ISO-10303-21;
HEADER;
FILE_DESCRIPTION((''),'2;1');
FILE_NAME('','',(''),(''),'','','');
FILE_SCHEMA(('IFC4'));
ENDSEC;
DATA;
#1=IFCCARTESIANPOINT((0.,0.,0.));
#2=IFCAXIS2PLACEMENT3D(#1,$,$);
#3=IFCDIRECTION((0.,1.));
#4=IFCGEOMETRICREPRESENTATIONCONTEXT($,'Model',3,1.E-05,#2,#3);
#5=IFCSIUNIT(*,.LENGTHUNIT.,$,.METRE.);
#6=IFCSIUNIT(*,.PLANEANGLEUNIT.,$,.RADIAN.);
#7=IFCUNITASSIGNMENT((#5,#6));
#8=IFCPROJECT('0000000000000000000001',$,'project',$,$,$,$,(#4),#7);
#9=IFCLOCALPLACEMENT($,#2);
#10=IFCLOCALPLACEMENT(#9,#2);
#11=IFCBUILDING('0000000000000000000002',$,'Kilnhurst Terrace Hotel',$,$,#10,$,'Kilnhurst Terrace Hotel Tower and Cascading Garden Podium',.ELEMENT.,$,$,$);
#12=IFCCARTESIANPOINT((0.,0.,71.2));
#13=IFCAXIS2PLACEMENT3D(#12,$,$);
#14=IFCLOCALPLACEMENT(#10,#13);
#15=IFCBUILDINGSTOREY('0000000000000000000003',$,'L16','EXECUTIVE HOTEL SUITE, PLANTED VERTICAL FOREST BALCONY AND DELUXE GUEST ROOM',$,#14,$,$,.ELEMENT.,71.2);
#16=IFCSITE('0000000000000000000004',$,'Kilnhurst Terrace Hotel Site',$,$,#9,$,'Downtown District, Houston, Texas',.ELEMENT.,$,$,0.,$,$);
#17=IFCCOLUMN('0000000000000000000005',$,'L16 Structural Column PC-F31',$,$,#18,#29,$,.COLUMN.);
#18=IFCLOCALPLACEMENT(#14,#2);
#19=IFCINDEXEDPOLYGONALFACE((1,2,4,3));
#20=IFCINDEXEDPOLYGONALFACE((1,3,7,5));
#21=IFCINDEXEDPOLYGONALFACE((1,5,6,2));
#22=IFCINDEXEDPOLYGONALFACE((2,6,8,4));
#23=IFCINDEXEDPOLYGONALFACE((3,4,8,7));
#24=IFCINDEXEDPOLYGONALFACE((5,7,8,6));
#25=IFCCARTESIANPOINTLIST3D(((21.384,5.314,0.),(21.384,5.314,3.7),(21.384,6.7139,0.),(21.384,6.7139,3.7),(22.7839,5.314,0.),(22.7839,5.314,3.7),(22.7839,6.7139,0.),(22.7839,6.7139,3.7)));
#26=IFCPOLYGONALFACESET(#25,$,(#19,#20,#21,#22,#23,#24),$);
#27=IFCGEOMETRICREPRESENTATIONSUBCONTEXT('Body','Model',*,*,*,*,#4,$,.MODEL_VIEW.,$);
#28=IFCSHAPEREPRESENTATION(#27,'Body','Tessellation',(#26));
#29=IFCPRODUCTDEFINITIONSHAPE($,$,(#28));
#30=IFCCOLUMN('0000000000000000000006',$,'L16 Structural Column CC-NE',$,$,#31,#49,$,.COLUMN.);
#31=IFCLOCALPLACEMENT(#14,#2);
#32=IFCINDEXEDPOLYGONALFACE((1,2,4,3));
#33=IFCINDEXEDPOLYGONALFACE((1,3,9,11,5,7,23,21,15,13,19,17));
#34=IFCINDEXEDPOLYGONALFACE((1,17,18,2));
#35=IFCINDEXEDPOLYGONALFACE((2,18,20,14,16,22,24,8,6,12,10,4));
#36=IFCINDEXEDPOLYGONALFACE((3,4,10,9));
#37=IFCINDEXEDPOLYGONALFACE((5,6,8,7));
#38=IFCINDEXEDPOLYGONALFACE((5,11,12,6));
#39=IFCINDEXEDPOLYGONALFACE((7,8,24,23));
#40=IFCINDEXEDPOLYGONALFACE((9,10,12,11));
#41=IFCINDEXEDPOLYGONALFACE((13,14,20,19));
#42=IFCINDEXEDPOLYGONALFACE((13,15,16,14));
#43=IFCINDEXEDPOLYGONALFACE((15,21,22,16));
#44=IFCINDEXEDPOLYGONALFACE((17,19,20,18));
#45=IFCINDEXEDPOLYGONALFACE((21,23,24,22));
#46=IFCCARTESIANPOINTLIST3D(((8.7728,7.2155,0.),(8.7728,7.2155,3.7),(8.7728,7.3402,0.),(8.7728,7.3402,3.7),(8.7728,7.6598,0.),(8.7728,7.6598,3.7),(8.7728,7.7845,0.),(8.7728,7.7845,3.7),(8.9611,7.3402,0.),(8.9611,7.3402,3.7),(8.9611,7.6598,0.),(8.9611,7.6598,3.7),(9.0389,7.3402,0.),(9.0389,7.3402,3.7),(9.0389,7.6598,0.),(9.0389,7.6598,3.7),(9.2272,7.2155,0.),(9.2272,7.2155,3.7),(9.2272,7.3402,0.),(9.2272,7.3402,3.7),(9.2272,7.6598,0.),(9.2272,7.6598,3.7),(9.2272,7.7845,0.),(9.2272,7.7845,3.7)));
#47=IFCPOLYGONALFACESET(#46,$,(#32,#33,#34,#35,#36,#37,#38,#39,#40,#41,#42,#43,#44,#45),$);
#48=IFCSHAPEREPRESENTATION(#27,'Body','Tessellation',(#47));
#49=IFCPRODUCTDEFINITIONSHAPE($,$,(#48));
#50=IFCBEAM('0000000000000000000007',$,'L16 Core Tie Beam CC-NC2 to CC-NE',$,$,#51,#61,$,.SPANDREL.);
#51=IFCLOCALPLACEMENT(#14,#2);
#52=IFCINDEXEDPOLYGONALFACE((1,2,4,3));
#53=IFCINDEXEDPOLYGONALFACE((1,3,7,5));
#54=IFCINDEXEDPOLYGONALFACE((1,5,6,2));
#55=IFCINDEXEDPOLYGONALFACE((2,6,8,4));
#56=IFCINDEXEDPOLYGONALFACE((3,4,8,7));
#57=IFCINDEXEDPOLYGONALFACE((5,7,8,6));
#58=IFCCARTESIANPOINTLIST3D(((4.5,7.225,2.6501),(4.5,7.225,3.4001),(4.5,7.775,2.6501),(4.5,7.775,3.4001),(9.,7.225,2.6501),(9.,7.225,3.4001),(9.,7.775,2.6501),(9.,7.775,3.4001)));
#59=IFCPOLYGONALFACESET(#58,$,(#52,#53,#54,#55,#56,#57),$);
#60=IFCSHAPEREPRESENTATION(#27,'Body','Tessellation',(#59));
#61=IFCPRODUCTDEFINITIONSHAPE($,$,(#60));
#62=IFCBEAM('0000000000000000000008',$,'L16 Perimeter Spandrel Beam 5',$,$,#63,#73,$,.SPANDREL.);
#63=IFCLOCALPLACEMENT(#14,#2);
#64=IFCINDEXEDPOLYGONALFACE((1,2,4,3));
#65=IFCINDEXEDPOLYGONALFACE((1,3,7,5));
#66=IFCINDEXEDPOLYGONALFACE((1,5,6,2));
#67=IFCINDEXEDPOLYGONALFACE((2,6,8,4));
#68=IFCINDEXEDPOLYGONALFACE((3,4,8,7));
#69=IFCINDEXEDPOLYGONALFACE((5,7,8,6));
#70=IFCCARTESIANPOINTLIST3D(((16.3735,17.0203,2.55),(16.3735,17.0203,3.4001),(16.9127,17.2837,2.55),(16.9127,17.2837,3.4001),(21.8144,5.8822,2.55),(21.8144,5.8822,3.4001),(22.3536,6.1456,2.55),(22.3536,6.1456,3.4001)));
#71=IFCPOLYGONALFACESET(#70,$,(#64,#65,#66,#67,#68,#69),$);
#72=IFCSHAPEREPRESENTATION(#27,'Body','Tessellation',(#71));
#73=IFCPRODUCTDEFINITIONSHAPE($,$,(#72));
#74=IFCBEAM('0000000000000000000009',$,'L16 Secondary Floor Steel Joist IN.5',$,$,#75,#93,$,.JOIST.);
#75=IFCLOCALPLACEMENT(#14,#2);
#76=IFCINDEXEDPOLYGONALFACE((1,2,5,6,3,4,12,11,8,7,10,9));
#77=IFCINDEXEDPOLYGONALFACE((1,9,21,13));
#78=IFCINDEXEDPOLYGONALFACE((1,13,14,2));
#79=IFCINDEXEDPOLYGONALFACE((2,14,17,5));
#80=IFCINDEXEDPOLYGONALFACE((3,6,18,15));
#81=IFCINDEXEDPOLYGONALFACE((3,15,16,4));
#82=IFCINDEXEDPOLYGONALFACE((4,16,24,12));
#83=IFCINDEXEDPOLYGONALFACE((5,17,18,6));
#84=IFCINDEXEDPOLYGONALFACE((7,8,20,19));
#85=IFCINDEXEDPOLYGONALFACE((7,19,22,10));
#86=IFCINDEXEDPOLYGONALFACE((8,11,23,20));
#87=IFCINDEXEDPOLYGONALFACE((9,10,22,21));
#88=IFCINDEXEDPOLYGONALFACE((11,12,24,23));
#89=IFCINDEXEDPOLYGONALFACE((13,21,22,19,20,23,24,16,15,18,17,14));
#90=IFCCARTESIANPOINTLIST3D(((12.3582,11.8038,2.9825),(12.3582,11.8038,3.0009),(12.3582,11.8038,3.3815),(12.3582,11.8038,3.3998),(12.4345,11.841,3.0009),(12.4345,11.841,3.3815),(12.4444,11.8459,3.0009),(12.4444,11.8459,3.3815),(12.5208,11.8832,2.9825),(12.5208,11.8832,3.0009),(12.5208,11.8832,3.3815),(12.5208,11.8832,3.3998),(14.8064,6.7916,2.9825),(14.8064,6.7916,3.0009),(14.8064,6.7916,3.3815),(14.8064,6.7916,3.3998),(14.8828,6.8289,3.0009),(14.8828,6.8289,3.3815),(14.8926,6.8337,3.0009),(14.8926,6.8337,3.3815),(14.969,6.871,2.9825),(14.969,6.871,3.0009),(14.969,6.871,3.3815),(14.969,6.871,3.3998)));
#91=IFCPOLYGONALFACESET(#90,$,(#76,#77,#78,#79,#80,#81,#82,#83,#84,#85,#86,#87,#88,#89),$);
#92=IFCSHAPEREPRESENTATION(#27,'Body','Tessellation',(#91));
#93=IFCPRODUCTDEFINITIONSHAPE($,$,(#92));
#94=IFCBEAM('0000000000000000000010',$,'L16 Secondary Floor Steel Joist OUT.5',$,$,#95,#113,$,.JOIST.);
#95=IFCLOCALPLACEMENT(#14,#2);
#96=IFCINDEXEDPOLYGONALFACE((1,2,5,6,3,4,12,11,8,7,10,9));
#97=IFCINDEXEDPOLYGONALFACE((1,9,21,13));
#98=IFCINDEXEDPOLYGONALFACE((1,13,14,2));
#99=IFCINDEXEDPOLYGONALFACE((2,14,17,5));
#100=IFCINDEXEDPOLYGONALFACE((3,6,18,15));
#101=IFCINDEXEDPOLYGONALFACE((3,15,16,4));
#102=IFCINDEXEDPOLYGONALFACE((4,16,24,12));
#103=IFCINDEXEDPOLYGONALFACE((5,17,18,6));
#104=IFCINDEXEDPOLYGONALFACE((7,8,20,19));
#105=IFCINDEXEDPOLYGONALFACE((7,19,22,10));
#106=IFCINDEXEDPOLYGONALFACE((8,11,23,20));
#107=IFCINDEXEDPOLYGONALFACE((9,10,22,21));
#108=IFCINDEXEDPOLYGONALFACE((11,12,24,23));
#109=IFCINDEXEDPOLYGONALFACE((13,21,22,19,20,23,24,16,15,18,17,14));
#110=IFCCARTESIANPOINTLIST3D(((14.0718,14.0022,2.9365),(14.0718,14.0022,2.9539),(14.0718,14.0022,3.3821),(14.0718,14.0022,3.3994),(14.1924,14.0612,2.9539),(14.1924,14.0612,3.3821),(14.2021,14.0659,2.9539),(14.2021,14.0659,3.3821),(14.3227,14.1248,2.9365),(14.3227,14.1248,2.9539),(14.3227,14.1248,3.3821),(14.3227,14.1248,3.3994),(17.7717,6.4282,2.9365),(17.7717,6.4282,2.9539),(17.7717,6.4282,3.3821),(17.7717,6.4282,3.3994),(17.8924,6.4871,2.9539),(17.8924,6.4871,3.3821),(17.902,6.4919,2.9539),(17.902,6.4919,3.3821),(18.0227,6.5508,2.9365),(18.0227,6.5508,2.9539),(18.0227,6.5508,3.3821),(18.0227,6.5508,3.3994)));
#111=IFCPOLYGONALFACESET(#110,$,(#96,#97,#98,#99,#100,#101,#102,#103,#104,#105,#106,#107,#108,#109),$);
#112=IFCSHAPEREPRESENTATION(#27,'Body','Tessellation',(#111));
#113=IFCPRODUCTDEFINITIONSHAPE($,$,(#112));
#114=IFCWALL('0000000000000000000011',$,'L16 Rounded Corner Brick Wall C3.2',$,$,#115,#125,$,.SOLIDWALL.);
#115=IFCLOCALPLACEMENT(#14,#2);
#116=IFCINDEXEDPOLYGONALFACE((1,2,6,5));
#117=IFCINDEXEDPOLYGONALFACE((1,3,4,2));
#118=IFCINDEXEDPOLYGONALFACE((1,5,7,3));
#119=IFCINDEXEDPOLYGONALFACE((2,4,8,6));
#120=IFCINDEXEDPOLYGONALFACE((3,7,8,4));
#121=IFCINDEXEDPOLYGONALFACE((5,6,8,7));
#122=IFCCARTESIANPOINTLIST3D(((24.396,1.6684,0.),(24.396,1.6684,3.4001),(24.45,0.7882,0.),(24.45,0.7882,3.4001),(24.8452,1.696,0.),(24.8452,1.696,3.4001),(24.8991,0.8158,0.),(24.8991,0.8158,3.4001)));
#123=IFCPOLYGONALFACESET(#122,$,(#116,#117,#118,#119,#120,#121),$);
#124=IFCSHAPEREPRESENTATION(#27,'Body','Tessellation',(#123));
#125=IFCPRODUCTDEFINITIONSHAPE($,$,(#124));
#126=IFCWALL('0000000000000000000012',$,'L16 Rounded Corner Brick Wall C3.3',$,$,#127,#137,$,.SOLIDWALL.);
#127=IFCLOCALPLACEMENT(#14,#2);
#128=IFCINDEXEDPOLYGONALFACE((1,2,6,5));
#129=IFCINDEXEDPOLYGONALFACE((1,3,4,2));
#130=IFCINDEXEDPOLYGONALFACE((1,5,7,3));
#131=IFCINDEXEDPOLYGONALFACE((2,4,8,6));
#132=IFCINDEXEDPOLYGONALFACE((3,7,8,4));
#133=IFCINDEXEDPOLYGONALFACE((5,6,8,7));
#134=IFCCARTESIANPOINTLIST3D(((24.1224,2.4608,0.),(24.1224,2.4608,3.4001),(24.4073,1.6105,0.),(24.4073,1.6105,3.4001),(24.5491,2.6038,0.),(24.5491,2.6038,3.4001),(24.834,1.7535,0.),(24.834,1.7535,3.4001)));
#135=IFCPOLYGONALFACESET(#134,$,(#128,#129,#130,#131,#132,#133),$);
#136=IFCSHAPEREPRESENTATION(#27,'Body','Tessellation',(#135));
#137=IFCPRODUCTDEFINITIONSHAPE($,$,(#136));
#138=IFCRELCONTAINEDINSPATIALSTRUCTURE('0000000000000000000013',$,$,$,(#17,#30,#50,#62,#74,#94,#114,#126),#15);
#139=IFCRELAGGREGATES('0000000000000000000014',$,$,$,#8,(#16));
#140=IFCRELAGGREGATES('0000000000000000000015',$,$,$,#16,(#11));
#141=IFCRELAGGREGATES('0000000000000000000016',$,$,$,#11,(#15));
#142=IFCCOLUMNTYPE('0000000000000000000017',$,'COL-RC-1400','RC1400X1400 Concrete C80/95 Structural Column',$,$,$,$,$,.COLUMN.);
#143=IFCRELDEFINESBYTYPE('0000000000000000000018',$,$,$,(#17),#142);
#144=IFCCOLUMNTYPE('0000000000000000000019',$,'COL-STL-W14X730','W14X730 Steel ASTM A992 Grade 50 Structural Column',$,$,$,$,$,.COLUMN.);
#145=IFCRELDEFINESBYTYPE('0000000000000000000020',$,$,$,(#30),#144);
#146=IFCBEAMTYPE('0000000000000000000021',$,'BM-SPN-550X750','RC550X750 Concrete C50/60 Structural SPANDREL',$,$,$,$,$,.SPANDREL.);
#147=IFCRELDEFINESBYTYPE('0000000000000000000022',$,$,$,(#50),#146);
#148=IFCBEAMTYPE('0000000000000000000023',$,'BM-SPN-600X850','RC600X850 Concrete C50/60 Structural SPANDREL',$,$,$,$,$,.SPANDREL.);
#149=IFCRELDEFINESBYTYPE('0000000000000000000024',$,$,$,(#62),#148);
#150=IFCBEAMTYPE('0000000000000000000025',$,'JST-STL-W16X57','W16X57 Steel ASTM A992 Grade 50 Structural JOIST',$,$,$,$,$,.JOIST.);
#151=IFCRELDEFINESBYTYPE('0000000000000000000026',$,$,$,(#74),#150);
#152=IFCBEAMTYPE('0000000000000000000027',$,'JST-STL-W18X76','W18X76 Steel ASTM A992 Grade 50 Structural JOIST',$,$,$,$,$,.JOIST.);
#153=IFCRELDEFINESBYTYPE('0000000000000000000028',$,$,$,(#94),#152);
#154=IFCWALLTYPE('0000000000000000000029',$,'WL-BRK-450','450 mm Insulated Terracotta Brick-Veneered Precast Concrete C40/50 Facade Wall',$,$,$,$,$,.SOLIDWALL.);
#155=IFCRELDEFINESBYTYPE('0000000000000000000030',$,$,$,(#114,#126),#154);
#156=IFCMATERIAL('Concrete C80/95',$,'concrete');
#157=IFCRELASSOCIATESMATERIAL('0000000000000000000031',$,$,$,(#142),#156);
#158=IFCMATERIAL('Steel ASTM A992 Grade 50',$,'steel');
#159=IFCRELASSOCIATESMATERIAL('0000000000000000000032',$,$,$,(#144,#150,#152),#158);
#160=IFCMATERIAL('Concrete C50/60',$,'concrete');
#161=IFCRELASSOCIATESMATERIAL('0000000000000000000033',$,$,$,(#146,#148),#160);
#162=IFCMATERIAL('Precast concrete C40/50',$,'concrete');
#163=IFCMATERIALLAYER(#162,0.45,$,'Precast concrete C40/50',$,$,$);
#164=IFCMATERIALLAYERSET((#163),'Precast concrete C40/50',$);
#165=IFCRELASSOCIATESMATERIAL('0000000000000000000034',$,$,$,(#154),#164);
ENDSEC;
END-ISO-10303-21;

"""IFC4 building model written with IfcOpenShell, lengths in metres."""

from ifc_helpers import new_model, si_unit, direction, frame, frame_2d, origin, origin_2d, place, context, subcontext, project, spatial, rectangle, i_section, extrude, material, layer, layer_set, material_profile, profile_set, type_object, element, save


model = new_model("IFC4")

# Units and contexts
model_context = context("Model", 3, precision=1e-05, world=origin(), true_north=direction((0.0, 1.0)))
body_context = subcontext(model_context, "Body", "Model", "MODEL_VIEW")
ifc_project = project(units=[si_unit("LENGTHUNIT", "METRE"), si_unit("PLANEANGLEUNIT", "RADIAN")], contexts=[model_context])

# Site, building, storey
site_placement = place(None, origin())
site = spatial("IfcSite", under=ifc_project, at=site_placement, Name="Kilnhurst Terrace Hotel Site", LongName="Downtown District, Houston, Texas", CompositionType="ELEMENT", RefElevation=0.0)
building_placement = place(site_placement, origin())
building = spatial("IfcBuilding", under=site, at=building_placement, Name="Kilnhurst Terrace Hotel", LongName="Kilnhurst Terrace Hotel Tower and Cascading Garden Podium", CompositionType="ELEMENT")
storey_placement = place(building_placement, frame((0.0, 0.0, 71.2)))
storey = spatial("IfcBuildingStorey", under=building, at=storey_placement, Name="L16", Description="EXECUTIVE HOTEL SUITE, PLANTED VERTICAL FOREST BALCONY AND DELUXE GUEST ROOM", CompositionType="ELEMENT", Elevation=71.2)

# Columns
ifc_material_1 = material(Name="Concrete C80/95", Category="concrete")
ifc_material_profile_1 = material_profile(ifc_material_1, rectangle(XDim=1.3999, YDim=1.3999, at=origin_2d()), Name="RC1400X1400")
ifc_profile_set_1 = profile_set([ifc_material_profile_1], Name="Concrete C80/95")
column_type_1 = type_object("IfcColumnType", Name="COL-RC-1400", Description="RC1400X1400 Concrete C80/95 Structural Column", PredefinedType="COLUMN", material=ifc_profile_set_1)
column_1_placement = place(storey_placement, frame((22.084, 6.0139, 0.0), z_axis=(0.0, 0.0, 1.0), x_axis=(1.0, 0.0, 0.0)))
element("IfcColumn", 1, at=column_1_placement, inside=storey, type_object=column_type_1, Name="L16 Structural Column PC-F31", PredefinedType="COLUMN", context=body_context, shape_type="SweptSolid", body=[
    extrude(rectangle(XDim=1.3999, YDim=1.3999, at=origin_2d()), origin(), (0.0, 0.0, 1.0), 3.7),
])
ifc_material_2 = material(Name="Steel ASTM A992 Grade 50", Category="steel")
ifc_material_profile_2 = material_profile(ifc_material_2, i_section(OverallWidth=0.4543, OverallDepth=0.5691, WebThickness=0.0779, FlangeThickness=0.1248, at=origin_2d()), Name="W14X730")
ifc_profile_set_2 = profile_set([ifc_material_profile_2], Name="Steel ASTM A992 Grade 50")
column_type_2 = type_object("IfcColumnType", Name="COL-STL-W14X730", Description="W14X730 Steel ASTM A992 Grade 50 Structural Column", PredefinedType="COLUMN", material=ifc_profile_set_2)
column_2_placement = place(storey_placement, frame((9.0, 7.5, 0.0), z_axis=(0.0, 0.0, 1.0), x_axis=(1.0, 0.0, 0.0)))
element("IfcColumn", 2, at=column_2_placement, inside=storey, type_object=column_type_2, Name="L16 Structural Column CC-NE", PredefinedType="COLUMN", context=body_context, shape_type="SweptSolid", body=[
    extrude(i_section(OverallWidth=0.4543, OverallDepth=0.5691, WebThickness=0.0779, FlangeThickness=0.1248, at=origin_2d()), origin(), (0.0, 0.0, 1.0), 3.7),
])

# Beams
ifc_material_3 = material(Name="Concrete C50/60", Category="concrete")
ifc_material_profile_3 = material_profile(ifc_material_3, rectangle(XDim=0.55, YDim=0.75, at=origin_2d()), Name="RC550X750")
ifc_profile_set_3 = profile_set([ifc_material_profile_3], Name="Concrete C50/60")
beam_type_1 = type_object("IfcBeamType", Name="BM-SPN-550X750", Description="RC550X750 Concrete C50/60 Structural SPANDREL", PredefinedType="SPANDREL", material=ifc_profile_set_3)
beam_1_placement = place(storey_placement, frame((4.5, 7.5, 3.0251), z_axis=(1.0, 0.0, 0.0), x_axis=(0.0, 1.0, 0.0)))
element("IfcBeam", 3, at=beam_1_placement, inside=storey, type_object=beam_type_1, Name="L16 Core Tie Beam CC-NC2 to CC-NE", PredefinedType="SPANDREL", context=body_context, shape_type="SweptSolid", body=[
    extrude(rectangle(XDim=0.55, YDim=0.75, at=origin_2d()), origin(), (0.0, 0.0, 1.0), 4.5),
])
ifc_material_profile_4 = material_profile(ifc_material_3, rectangle(XDim=0.6001, YDim=0.8501, at=origin_2d()), Name="RC600X850")
ifc_profile_set_4 = profile_set([ifc_material_profile_4], Name="Concrete C50/60")
beam_type_2 = type_object("IfcBeamType", Name="BM-SPN-600X850", Description="RC600X850 Concrete C50/60 Structural SPANDREL", PredefinedType="SPANDREL", material=ifc_profile_set_4)
beam_2_placement = place(storey_placement, frame((22.084, 6.0139, 2.9751), z_axis=(-0.438923, 0.898525, 0.0), x_axis=(-0.898525, -0.438923, 0.0)))
element("IfcBeam", 4, at=beam_2_placement, inside=storey, type_object=beam_type_2, Name="L16 Perimeter Spandrel Beam 5", PredefinedType="SPANDREL", context=body_context, shape_type="SweptSolid", body=[
    extrude(rectangle(XDim=0.6001, YDim=0.8501, at=origin_2d()), origin(), (0.0, 0.0, 1.0), 12.396),
])
ifc_material_profile_5 = material_profile(ifc_material_2, i_section(OverallWidth=0.1809, OverallDepth=0.4172, WebThickness=0.011, FlangeThickness=0.0183, at=origin_2d()), Name="W16X57")
ifc_profile_set_5 = profile_set([ifc_material_profile_5], Name="Steel ASTM A992 Grade 50")
beam_type_3 = type_object("IfcBeamType", Name="JST-STL-W16X57", Description="W16X57 Steel ASTM A992 Grade 50 Structural JOIST", PredefinedType="JOIST", material=ifc_profile_set_5)
beam_3_placement = place(storey_placement, frame((14.8877, 6.8313, 3.1912), z_axis=(-0.438896, 0.898538, 0.0), x_axis=(-0.898538, -0.438896, 0.0)))
element("IfcBeam", 5, at=beam_3_placement, inside=storey, type_object=beam_type_3, Name="L16 Secondary Floor Steel Joist IN.5", PredefinedType="JOIST", context=body_context, shape_type="SweptSolid", body=[
    extrude(i_section(OverallWidth=0.1809, OverallDepth=0.4172, WebThickness=0.011, FlangeThickness=0.0183, at=origin_2d()), origin(), (0.0, 0.0, 1.0), 5.5781),
])
ifc_material_profile_6 = material_profile(ifc_material_2, i_section(OverallWidth=0.2793, OverallDepth=0.4629, WebThickness=0.0107, FlangeThickness=0.0173, at=origin_2d()), Name="W18X76")
ifc_profile_set_6 = profile_set([ifc_material_profile_6], Name="Steel ASTM A992 Grade 50")
beam_type_4 = type_object("IfcBeamType", Name="JST-STL-W18X76", Description="W18X76 Steel ASTM A992 Grade 50 Structural JOIST", PredefinedType="JOIST", material=ifc_profile_set_6)
beam_4_placement = place(storey_placement, frame((17.8972, 6.4895, 3.168), z_axis=(-0.438934, 0.898519, 0.0), x_axis=(-0.898519, -0.438934, 0.0)))
element("IfcBeam", 6, at=beam_4_placement, inside=storey, type_object=beam_type_4, Name="L16 Secondary Floor Steel Joist OUT.5", PredefinedType="JOIST", context=body_context, shape_type="SweptSolid", body=[
    extrude(i_section(OverallWidth=0.2793, OverallDepth=0.4629, WebThickness=0.0107, FlangeThickness=0.0173, at=origin_2d()), origin(), (0.0, 0.0, 1.0), 8.4294),
])

# Walls
ifc_material_4 = material(Name="Precast concrete C40/50", Category="concrete")
ifc_layer_1 = layer(ifc_material_4, 0.45, Name="Precast concrete C40/50")
ifc_layer_set_1 = layer_set([ifc_layer_1], Name="Precast concrete C40/50")
wall_type_1 = type_object("IfcWallType", Name="WL-BRK-450", Description="450 mm Insulated Terracotta Brick-Veneered Precast Concrete C40/50 Facade Wall", PredefinedType="SOLIDWALL", material=ifc_layer_set_1)
wall_1_placement = place(storey_placement, frame((24.6746, 0.802, 0.0), z_axis=(0.0, 0.0, 1.0), x_axis=(-0.061189, 0.998126, 0.0)))
element("IfcWall", 7, at=wall_1_placement, inside=storey, type_object=wall_type_1, Name="L16 Rounded Corner Brick Wall C3.2", PredefinedType="SOLIDWALL", context=body_context, shape_type="SweptSolid", body=[
    extrude(rectangle(XDim=0.8818, YDim=0.45, at=frame_2d((0.4409, 0.0))), origin(), (0.0, 0.0, 1.0), 3.4001),
])
wall_2_placement = place(storey_placement, frame((24.6206, 1.6821, 0.0), z_axis=(0.0, 0.0, 1.0), x_axis=(-0.317697, 0.948192, 0.0)))
element("IfcWall", 8, at=wall_2_placement, inside=storey, type_object=wall_type_1, Name="L16 Rounded Corner Brick Wall C3.3", PredefinedType="SOLIDWALL", context=body_context, shape_type="SweptSolid", body=[
    extrude(rectangle(XDim=0.8967, YDim=0.45, at=frame_2d((0.4482, 0.0))), origin(), (0.0, 0.0, 1.0), 3.4001),
])

save(model, "model.ifc")
